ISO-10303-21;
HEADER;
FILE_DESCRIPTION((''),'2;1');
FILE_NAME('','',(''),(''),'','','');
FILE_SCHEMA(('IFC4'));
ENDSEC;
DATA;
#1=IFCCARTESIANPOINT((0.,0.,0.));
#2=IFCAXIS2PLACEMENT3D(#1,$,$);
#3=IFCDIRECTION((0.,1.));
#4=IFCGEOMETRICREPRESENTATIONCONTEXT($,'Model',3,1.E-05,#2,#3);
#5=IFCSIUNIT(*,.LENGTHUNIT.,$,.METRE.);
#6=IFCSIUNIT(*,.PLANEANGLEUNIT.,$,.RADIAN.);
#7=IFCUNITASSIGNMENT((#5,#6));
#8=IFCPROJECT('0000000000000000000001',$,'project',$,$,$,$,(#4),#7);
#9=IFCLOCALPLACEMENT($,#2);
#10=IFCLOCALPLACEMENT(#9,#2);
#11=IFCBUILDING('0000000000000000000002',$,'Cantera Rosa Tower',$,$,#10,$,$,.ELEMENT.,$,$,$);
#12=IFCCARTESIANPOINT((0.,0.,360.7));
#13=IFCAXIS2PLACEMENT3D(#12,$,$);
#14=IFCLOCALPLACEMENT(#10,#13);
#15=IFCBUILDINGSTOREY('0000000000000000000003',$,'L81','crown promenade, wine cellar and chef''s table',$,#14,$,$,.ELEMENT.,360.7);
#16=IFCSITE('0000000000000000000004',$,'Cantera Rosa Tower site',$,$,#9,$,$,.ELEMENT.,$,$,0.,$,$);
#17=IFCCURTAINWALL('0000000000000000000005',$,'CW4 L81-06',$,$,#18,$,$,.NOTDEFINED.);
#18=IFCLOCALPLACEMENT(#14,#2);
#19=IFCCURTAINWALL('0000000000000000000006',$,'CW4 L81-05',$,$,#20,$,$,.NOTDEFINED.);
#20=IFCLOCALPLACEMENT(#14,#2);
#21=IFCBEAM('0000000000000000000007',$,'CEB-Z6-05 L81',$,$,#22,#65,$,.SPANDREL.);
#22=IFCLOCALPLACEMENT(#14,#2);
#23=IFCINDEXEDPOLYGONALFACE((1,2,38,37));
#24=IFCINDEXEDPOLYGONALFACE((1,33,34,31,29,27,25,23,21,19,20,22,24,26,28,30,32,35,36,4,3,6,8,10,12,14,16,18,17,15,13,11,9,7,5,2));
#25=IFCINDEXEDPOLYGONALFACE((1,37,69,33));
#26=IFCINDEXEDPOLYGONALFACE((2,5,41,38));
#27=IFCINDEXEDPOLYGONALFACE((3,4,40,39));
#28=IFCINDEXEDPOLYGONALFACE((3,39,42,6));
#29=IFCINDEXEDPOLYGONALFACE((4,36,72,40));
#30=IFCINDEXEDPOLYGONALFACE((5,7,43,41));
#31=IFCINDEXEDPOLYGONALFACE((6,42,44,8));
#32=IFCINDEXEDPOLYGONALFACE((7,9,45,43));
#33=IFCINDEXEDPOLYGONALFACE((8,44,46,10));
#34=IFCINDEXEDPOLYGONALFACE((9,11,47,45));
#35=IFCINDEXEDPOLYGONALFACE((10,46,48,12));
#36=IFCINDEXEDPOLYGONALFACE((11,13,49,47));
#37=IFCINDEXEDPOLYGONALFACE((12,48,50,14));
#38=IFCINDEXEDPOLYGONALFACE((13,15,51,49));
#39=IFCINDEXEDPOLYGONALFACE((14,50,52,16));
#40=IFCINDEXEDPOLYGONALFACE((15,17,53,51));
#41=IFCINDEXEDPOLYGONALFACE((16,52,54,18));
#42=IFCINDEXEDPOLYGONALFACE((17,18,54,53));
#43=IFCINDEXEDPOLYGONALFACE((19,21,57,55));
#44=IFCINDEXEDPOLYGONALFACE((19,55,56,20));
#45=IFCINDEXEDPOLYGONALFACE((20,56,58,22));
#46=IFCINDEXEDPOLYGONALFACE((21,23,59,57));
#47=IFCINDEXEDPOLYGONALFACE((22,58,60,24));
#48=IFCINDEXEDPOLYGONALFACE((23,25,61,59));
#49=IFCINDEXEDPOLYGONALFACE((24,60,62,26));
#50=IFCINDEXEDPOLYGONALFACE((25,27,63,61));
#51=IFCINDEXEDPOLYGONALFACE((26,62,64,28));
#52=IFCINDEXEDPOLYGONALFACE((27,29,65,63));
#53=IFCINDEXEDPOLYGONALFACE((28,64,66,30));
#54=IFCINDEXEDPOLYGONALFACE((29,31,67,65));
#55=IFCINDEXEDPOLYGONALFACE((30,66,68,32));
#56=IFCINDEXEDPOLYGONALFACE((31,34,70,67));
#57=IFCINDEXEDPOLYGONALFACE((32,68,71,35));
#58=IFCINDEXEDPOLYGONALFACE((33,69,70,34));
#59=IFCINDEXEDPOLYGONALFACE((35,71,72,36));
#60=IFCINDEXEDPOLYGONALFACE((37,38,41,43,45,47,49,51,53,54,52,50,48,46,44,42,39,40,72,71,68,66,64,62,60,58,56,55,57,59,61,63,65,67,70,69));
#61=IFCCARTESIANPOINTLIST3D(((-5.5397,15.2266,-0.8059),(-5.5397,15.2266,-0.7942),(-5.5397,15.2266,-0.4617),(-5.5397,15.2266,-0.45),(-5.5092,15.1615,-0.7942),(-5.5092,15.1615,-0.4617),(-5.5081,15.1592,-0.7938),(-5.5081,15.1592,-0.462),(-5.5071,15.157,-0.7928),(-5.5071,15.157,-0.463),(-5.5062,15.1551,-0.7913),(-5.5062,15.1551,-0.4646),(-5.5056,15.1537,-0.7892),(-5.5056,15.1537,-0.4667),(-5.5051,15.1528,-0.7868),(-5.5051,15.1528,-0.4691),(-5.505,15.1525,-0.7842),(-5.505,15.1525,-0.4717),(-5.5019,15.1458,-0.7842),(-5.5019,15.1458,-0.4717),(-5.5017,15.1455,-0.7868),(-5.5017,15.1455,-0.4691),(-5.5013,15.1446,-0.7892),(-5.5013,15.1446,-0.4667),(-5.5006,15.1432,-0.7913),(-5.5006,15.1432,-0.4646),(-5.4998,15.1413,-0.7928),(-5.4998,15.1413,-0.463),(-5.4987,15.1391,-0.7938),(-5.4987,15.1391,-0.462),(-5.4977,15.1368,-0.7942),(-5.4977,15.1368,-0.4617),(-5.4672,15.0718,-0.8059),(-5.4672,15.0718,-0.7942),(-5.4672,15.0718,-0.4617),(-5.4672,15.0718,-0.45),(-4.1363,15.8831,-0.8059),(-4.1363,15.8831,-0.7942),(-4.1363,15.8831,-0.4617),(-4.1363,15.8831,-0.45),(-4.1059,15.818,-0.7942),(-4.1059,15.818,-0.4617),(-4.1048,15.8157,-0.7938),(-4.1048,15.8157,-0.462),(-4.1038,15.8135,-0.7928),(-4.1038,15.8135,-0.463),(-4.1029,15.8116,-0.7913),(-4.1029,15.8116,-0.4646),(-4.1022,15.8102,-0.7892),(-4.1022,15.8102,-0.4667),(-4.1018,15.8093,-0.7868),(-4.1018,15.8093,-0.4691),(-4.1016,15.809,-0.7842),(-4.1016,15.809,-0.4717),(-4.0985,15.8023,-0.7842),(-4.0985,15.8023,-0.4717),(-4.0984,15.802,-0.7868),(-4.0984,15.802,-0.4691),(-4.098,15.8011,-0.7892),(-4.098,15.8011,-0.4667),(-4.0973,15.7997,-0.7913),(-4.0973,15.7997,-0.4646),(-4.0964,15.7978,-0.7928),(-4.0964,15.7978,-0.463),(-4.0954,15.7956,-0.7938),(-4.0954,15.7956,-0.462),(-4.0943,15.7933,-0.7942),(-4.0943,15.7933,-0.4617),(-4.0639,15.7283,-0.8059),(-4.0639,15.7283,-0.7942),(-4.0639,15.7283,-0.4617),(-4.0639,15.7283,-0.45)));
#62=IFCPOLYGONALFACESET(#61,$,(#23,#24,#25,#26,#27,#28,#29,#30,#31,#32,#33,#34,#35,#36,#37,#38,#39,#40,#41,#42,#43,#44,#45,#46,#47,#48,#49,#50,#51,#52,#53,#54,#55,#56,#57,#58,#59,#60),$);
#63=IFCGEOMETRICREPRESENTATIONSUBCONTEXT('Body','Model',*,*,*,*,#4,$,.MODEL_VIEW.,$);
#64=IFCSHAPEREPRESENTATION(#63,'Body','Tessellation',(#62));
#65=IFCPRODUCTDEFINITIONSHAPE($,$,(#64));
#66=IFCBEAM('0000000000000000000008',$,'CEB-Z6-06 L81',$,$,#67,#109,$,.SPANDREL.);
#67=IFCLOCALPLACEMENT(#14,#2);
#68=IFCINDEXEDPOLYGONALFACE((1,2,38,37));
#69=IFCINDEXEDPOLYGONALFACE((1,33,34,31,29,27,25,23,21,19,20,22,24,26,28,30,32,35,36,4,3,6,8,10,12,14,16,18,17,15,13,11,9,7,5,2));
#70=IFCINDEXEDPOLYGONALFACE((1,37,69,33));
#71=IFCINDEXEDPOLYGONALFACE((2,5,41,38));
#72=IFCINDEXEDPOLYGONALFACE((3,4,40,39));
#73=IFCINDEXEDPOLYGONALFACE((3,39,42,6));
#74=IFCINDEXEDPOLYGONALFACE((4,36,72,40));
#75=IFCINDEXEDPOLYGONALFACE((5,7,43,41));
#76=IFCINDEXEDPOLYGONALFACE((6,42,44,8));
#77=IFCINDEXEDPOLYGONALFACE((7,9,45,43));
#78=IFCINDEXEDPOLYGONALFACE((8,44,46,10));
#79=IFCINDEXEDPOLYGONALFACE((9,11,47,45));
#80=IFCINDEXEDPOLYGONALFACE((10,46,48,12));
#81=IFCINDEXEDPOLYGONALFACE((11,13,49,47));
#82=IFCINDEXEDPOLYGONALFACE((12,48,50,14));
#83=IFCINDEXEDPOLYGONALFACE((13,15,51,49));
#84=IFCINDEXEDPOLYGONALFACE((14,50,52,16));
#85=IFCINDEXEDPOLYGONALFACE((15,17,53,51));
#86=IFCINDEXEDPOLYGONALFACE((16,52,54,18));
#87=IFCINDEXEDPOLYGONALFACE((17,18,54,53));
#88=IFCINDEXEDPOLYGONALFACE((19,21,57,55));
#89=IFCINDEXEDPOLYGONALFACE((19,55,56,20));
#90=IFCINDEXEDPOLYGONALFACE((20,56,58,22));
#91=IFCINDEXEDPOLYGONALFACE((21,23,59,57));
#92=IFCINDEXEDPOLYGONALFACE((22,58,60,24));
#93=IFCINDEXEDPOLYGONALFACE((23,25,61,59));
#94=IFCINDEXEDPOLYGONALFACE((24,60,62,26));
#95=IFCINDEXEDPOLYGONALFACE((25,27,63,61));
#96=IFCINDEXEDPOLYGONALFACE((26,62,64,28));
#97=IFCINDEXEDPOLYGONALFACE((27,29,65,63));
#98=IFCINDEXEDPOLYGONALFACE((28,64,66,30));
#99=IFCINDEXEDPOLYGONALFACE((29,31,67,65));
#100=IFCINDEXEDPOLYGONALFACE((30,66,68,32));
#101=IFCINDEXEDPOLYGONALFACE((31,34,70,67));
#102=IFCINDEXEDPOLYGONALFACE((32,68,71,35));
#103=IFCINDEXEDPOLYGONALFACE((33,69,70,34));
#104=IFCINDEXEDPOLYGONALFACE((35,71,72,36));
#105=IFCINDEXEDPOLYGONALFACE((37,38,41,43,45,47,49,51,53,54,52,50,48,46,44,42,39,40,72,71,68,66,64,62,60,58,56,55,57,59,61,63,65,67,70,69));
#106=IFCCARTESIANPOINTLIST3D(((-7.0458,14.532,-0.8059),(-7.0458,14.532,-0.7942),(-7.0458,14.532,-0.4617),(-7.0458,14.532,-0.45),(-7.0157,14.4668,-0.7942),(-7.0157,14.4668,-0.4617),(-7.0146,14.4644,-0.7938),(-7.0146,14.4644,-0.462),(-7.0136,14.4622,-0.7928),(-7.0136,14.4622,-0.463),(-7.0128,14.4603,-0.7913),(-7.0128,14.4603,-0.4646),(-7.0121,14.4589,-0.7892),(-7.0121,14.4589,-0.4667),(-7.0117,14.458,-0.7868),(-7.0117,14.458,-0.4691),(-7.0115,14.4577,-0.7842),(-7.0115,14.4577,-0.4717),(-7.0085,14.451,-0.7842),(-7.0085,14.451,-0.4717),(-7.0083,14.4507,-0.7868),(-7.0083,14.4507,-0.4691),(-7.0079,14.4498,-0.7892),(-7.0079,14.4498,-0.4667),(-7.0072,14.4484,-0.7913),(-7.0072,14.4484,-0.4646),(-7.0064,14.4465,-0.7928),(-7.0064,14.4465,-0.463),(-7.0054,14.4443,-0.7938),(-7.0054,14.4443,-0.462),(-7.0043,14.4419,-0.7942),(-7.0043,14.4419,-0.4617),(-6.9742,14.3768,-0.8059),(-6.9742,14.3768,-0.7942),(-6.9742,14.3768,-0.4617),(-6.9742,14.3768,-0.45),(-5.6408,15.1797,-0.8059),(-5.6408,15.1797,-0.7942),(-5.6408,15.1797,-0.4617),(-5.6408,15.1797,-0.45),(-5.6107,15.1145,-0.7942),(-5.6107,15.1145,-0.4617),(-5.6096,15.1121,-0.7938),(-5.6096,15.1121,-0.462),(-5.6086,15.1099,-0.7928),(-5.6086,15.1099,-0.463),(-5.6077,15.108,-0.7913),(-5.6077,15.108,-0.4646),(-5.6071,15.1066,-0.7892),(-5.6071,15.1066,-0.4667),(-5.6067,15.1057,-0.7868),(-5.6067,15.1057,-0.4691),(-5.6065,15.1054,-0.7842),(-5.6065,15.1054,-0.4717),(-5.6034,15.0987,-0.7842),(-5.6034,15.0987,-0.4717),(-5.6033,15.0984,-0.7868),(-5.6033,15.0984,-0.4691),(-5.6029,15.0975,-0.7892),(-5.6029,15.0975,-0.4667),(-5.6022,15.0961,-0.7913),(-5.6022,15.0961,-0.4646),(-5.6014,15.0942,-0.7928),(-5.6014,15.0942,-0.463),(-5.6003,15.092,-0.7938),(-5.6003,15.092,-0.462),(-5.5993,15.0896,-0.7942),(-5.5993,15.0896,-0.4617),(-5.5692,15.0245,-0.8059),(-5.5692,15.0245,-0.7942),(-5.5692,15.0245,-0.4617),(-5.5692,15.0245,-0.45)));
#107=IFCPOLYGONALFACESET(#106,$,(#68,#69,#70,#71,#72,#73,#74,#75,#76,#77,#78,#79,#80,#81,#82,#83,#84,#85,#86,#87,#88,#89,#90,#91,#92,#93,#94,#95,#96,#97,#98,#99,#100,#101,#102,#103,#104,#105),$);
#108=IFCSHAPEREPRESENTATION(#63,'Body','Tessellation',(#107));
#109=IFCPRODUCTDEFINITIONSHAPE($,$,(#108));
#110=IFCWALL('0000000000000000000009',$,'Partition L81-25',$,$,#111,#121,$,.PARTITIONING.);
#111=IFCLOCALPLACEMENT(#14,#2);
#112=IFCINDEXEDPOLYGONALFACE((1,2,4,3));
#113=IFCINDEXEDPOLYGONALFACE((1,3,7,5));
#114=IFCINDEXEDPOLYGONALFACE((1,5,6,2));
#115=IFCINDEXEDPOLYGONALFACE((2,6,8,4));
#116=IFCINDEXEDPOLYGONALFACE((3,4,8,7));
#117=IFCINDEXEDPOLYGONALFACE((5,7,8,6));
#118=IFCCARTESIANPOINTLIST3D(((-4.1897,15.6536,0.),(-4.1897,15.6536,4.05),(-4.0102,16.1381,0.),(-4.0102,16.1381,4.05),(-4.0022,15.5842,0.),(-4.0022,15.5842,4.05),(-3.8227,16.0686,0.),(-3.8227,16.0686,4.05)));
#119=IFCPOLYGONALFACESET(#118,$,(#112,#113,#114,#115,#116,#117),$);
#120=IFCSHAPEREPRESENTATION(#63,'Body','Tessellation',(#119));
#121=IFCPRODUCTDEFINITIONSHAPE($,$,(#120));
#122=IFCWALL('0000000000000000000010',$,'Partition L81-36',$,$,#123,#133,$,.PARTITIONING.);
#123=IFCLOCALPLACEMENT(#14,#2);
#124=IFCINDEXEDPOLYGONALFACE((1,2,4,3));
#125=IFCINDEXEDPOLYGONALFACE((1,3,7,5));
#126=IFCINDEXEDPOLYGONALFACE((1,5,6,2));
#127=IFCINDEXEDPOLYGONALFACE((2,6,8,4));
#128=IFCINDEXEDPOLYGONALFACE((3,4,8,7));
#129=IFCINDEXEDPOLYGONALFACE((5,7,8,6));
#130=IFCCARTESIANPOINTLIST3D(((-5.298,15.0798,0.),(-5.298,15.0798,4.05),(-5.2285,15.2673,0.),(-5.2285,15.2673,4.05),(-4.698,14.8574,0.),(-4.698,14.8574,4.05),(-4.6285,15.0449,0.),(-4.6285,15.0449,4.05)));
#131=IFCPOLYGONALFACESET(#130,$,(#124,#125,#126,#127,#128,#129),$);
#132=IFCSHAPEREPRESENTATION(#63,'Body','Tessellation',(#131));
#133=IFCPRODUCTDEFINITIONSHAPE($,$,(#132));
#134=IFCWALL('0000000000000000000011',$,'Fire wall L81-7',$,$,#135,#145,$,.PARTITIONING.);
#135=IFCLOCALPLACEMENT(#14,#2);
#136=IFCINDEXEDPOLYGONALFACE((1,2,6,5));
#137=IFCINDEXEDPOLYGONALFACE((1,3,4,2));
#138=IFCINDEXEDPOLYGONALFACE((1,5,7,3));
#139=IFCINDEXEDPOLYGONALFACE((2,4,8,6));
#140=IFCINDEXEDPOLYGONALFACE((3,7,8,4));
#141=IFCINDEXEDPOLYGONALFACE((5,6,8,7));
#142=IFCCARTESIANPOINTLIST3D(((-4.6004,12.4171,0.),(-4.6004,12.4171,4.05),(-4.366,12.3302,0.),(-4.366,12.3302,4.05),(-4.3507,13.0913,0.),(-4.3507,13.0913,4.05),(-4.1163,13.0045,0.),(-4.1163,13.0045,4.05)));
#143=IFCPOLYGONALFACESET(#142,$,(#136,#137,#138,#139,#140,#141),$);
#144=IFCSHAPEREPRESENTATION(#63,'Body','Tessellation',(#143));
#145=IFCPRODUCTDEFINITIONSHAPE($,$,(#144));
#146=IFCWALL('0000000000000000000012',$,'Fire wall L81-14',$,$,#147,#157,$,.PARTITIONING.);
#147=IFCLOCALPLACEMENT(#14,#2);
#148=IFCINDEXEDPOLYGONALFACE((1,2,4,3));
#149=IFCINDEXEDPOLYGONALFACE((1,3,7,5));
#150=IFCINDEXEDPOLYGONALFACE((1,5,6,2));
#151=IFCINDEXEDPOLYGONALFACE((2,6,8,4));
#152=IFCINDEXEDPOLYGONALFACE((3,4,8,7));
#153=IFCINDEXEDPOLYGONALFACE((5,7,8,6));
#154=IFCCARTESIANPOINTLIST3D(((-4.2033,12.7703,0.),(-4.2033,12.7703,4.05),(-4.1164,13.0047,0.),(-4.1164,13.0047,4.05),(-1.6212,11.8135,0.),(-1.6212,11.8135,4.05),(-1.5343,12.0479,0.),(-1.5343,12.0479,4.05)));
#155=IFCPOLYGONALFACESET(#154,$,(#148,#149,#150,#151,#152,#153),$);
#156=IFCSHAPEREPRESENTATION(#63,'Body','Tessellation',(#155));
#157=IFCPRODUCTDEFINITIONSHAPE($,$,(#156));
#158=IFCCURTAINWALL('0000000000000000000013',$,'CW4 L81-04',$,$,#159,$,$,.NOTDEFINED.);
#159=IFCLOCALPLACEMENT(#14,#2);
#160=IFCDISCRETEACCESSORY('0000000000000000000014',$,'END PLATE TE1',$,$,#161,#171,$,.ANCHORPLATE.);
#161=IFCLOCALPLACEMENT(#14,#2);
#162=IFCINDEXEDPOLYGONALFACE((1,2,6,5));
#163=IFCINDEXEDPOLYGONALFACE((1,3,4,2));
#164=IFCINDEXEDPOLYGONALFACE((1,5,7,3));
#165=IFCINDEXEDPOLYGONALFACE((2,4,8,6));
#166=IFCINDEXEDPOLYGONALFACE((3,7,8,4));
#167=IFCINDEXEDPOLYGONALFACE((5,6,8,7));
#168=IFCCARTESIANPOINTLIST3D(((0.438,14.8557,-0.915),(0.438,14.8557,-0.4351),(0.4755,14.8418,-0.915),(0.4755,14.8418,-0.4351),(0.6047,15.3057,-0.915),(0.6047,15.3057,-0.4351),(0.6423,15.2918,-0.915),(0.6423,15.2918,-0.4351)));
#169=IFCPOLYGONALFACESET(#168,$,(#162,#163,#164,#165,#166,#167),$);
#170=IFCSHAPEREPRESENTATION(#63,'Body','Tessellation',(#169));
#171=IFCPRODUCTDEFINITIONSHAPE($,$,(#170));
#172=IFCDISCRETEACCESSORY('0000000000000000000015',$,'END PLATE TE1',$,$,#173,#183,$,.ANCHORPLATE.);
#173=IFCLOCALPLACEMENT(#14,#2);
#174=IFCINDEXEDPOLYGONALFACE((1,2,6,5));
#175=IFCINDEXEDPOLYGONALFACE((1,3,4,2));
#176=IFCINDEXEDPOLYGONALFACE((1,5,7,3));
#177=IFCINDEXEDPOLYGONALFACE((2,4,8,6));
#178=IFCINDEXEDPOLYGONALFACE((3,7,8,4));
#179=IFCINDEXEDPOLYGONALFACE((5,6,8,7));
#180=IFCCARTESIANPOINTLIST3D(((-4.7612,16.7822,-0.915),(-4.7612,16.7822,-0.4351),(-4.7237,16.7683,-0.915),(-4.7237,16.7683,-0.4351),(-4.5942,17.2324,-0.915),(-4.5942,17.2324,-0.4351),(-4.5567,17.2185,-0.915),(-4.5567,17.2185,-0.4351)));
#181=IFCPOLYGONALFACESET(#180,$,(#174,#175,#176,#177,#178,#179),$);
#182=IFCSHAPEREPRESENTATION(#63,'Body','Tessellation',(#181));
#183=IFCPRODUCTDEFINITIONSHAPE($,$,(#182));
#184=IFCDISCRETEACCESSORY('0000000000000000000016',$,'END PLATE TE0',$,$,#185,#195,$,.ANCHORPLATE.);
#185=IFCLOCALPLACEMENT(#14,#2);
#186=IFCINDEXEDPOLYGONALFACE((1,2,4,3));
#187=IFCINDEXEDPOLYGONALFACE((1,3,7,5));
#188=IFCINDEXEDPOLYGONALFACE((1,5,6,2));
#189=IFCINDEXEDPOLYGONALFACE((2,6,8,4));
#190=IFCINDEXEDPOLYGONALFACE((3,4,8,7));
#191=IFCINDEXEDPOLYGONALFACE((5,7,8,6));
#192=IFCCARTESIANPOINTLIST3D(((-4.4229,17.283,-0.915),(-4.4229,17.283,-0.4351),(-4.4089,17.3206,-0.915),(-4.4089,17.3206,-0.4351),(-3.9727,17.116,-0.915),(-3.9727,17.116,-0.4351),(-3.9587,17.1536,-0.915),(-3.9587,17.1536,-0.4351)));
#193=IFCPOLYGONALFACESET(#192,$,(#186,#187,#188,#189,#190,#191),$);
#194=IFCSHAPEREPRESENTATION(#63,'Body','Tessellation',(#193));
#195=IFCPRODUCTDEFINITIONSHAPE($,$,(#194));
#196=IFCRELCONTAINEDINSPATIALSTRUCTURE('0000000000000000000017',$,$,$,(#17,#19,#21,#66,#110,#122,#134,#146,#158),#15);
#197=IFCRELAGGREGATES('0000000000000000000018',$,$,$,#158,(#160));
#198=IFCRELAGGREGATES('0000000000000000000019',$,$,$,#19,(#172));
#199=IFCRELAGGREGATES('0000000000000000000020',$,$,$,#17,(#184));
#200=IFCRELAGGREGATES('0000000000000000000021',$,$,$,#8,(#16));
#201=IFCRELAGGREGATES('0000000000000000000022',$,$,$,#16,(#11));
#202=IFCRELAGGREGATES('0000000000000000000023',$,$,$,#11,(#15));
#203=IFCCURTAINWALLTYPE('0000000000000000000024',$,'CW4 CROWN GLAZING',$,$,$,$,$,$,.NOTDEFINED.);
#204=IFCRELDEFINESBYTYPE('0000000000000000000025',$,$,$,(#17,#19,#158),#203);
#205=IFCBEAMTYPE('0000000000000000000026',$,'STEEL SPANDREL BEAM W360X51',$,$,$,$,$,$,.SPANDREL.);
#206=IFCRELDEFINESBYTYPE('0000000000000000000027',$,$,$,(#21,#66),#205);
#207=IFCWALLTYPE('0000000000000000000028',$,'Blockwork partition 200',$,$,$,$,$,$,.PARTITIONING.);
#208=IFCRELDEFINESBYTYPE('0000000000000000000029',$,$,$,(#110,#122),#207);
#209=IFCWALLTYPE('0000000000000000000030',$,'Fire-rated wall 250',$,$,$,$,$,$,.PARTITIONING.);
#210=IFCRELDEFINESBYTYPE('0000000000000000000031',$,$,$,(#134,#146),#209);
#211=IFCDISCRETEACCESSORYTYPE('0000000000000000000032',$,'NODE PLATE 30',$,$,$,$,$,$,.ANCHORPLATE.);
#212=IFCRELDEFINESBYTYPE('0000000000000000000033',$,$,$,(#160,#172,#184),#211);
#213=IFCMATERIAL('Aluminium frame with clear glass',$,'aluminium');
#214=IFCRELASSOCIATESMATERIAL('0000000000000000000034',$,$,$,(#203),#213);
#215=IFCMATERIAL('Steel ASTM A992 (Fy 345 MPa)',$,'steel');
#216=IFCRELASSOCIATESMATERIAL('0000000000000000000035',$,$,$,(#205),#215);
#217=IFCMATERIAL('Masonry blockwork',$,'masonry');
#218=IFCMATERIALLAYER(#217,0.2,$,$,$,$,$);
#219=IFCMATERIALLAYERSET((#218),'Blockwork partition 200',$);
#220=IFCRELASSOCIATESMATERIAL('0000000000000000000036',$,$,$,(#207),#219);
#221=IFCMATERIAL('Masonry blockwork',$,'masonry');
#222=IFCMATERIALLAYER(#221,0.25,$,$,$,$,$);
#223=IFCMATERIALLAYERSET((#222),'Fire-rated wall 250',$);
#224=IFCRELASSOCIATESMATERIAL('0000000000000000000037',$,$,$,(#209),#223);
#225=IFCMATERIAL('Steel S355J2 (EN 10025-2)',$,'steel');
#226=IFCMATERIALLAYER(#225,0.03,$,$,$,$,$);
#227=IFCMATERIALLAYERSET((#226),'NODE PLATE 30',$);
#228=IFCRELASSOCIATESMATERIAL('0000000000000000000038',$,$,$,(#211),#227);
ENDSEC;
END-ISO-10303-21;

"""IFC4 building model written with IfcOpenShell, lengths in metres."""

from ifc_helpers import new_model, si_unit, direction, frame, frame_2d, origin, origin_2d, place, context, subcontext, project, spatial, polyline, rectangle, i_section, outline, extrude, material, layer, layer_set, material_profile, profile_set, type_object, element, aggregate, save


model = new_model("IFC4")

# Units and contexts
model_context = context("Model", 3, precision=1e-05, world=origin(), true_north=direction((0.0, 1.0)))
body_context = subcontext(model_context, "Body", "Model", "MODEL_VIEW")
ifc_project = project(units=[si_unit("LENGTHUNIT", "METRE"), si_unit("PLANEANGLEUNIT", "RADIAN")], contexts=[model_context])

# Site, building, storey
site_placement = place(None, origin())
site = spatial("IfcSite", under=ifc_project, at=site_placement, Name="Cantera Rosa Tower site", CompositionType="ELEMENT", RefElevation=0.0)
building_placement = place(site_placement, origin())
building = spatial("IfcBuilding", under=site, at=building_placement, Name="Cantera Rosa Tower", CompositionType="ELEMENT")
storey_placement = place(building_placement, frame((0.0, 0.0, 360.7)))
storey = spatial("IfcBuildingStorey", under=building, at=storey_placement, Name="L81", Description="crown promenade, wine cellar and chef's table", CompositionType="ELEMENT", Elevation=360.7)

# Curtain walls
ifc_material_1 = material(Name="Aluminium frame with clear glass", Category="aluminium")
curtain_wall_type = type_object("IfcCurtainWallType", Name="CW4 CROWN GLAZING", PredefinedType="NOTDEFINED", material=ifc_material_1)
curtain_wall_1_placement = place(storey_placement, origin())
curtain_wall_1 = element("IfcCurtainWall", 1, at=curtain_wall_1_placement, inside=storey, type_object=curtain_wall_type, Name="CW4 L81-06", PredefinedType="NOTDEFINED")
curtain_wall_2_placement = place(storey_placement, origin())
curtain_wall_2 = element("IfcCurtainWall", 2, at=curtain_wall_2_placement, inside=storey, type_object=curtain_wall_type, Name="CW4 L81-05", PredefinedType="NOTDEFINED")

# Beams
ifc_material_2 = material(Name="Steel ASTM A992 (Fy 345 MPa)", Category="steel")
ifc_material_profile_1 = material_profile(ifc_material_2, i_section(OverallWidth=0.1709, OverallDepth=0.356, WebThickness=0.0073, FlangeThickness=0.0117, FilletRadius=0.01, at=origin_2d()), Name="W360X51")
ifc_profile_set_1 = profile_set([ifc_material_profile_1], Name="Steel ASTM A992 (Fy 345 MPa)")
beam_type = type_object("IfcBeamType", Name="STEEL SPANDREL BEAM W360X51", PredefinedType="SPANDREL", material=ifc_profile_set_1)
beam_1_placement = place(storey_placement, frame((-4.1001, 15.8057, -0.6279), z_axis=(-0.905784, -0.423739, 0.0), x_axis=(0.423739, -0.905784, 0.0)))
element("IfcBeam", 3, at=beam_1_placement, inside=storey, type_object=beam_type, Name="CEB-Z6-05 L81", PredefinedType="SPANDREL", context=body_context, shape_type="SweptSolid", body=[
    extrude(i_section(OverallWidth=0.1709, OverallDepth=0.356, WebThickness=0.0073, FlangeThickness=0.0117, FilletRadius=0.01, at=origin_2d()), origin(), (0.0, 0.0, 1.0), 1.5493),
])
beam_2_placement = place(storey_placement, frame((-5.605, 15.1021, -0.6279), z_axis=(-0.908149, -0.418648, 0.0), x_axis=(0.418648, -0.908149, 0.0)))
element("IfcBeam", 4, at=beam_2_placement, inside=storey, type_object=beam_type, Name="CEB-Z6-06 L81", PredefinedType="SPANDREL", context=body_context, shape_type="SweptSolid", body=[
    extrude(i_section(OverallWidth=0.1709, OverallDepth=0.356, WebThickness=0.0073, FlangeThickness=0.0117, FilletRadius=0.01, at=origin_2d()), origin(), (0.0, 0.0, 1.0), 1.5471),
])

# Walls
ifc_material_3 = material(Name="Masonry blockwork", Category="masonry")
ifc_layer_1 = layer(ifc_material_3, 0.2)
ifc_layer_set_1 = layer_set([ifc_layer_1], Name="Blockwork partition 200")
wall_type_1 = type_object("IfcWallType", Name="Blockwork partition 200", PredefinedType="PARTITIONING", material=ifc_layer_set_1)
wall_1_placement = place(storey_placement, frame((-4.0959, 15.6189, 0.0), z_axis=(0.0, 0.0, 1.0), x_axis=(0.347391, 0.93772, 0.0)))
element("IfcWall", 5, at=wall_1_placement, inside=storey, type_object=wall_type_1, Name="Partition L81-25", PredefinedType="PARTITIONING", context=body_context, shape_type="SweptSolid", body=[
    extrude(rectangle(XDim=0.5166, YDim=0.2, at=frame_2d((0.2583, 0.0))), origin(), (0.0, 0.0, 1.0), 4.05),
])
wall_2_placement = place(storey_placement, frame((-4.6633, 14.9512, 0.0), z_axis=(0.0, 0.0, 1.0), x_axis=(-0.937671, 0.347526, 0.0)))
element("IfcWall", 6, at=wall_2_placement, inside=storey, type_object=wall_type_1, Name="Partition L81-36", PredefinedType="PARTITIONING", context=body_context, shape_type="SweptSolid", body=[
    extrude(rectangle(XDim=0.6399, YDim=0.2, at=frame_2d((0.3198, 0.0))), origin(), (0.0, 0.0, 1.0), 4.05),
])
ifc_material_4 = material(Name="Masonry blockwork", Category="masonry")
ifc_layer_2 = layer(ifc_material_4, 0.25)
ifc_layer_set_2 = layer_set([ifc_layer_2], Name="Fire-rated wall 250")
wall_type_2 = type_object("IfcWallType", Name="Fire-rated wall 250", PredefinedType="PARTITIONING", material=ifc_layer_set_2)
wall_3_placement = place(storey_placement, frame((-4.4832, 12.3738, 0.0), z_axis=(0.0, 0.0, 1.0), x_axis=(0.347325, 0.937745, 0.0)))
element("IfcWall", 7, at=wall_3_placement, inside=storey, type_object=wall_type_2, Name="Fire wall L81-7", PredefinedType="PARTITIONING", context=body_context, shape_type="SweptSolid", body=[
    extrude(rectangle(XDim=0.719, YDim=0.25, at=frame_2d((0.3594, 0.0))), origin(), (0.0, 0.0, 1.0), 4.05),
])
wall_4_placement = place(storey_placement, frame((-1.5776, 11.9307, 0.0), z_axis=(0.0, 0.0, 1.0), x_axis=(-0.937692, 0.347467, 0.0)))
element("IfcWall", 8, at=wall_4_placement, inside=storey, type_object=wall_type_2, Name="Fire wall L81-14", PredefinedType="PARTITIONING", context=body_context, shape_type="SweptSolid", body=[
    extrude(rectangle(XDim=2.7537, YDim=0.25, at=frame_2d((1.377, 0.0))), origin(), (0.0, 0.0, 1.0), 4.05),
])

# Curtain wall, discrete accessory
curtain_wall_3_placement = place(storey_placement, origin())
curtain_wall_3 = element("IfcCurtainWall", 9, at=curtain_wall_3_placement, inside=storey, type_object=curtain_wall_type, Name="CW4 L81-04", PredefinedType="NOTDEFINED")
ifc_material_5 = material(Name="Steel S355J2 (EN 10025-2)", Category="steel")
ifc_layer_3 = layer(ifc_material_5, 0.03)
ifc_layer_set_3 = layer_set([ifc_layer_3], Name="NODE PLATE 30")
discrete_accessory_type = type_object("IfcDiscreteAccessoryType", Name="NODE PLATE 30", PredefinedType="ANCHORPLATE", material=ifc_layer_set_3)
discrete_accessory_1_placement = place(storey_placement, frame((0.438, 14.8557, -0.4351), z_axis=(-0.937681, 0.347497, 0.0), x_axis=(0.347497, 0.937681, 0.0)))
discrete_accessory_1 = element("IfcDiscreteAccessory", 10, at=discrete_accessory_1_placement, type_object=discrete_accessory_type, Name="END PLATE TE1", PredefinedType="ANCHORPLATE", context=body_context, shape_type="SweptSolid", body=[
    extrude(outline(polyline([(0.0, 0.0), (0.4799, 0.0), (0.4799, 0.48), (0.0, 0.48), (0.0, 0.0)])), origin(), (0.0, 0.0, -1.0), 0.04),
])
aggregate(curtain_wall_3, [discrete_accessory_1])

# Discrete accessories
discrete_accessory_2_placement = place(storey_placement, frame((-4.7612, 16.7822, -0.4351), z_axis=(-0.937577, 0.347778, 0.0), x_axis=(0.347778, 0.937577, 0.0)))
discrete_accessory_2 = element("IfcDiscreteAccessory", 11, at=discrete_accessory_2_placement, type_object=discrete_accessory_type, Name="END PLATE TE1", PredefinedType="ANCHORPLATE", context=body_context, shape_type="SweptSolid", body=[
    extrude(outline(polyline([(0.0, 0.0), (0.4802, 0.0), (0.4802, 0.48), (0.0, 0.48), (0.0, 0.0)])), origin(), (0.0, 0.0, -1.0), 0.04),
])
aggregate(curtain_wall_2, [discrete_accessory_2])
discrete_accessory_3_placement = place(storey_placement, frame((-4.4089, 17.3206, -0.4351), z_axis=(0.347778, 0.937577, 0.0), x_axis=(0.937577, -0.347778, 0.0)))
discrete_accessory_3 = element("IfcDiscreteAccessory", 12, at=discrete_accessory_3_placement, type_object=discrete_accessory_type, Name="END PLATE TE0", PredefinedType="ANCHORPLATE", context=body_context, shape_type="SweptSolid", body=[
    extrude(outline(polyline([(0.0, 0.0), (0.4802, 0.0), (0.4802, 0.48), (0.0, 0.48), (0.0, 0.0)])), origin(), (0.0, 0.0, -1.0), 0.04),
])
aggregate(curtain_wall_1, [discrete_accessory_3])

save(model, "model.ifc")
